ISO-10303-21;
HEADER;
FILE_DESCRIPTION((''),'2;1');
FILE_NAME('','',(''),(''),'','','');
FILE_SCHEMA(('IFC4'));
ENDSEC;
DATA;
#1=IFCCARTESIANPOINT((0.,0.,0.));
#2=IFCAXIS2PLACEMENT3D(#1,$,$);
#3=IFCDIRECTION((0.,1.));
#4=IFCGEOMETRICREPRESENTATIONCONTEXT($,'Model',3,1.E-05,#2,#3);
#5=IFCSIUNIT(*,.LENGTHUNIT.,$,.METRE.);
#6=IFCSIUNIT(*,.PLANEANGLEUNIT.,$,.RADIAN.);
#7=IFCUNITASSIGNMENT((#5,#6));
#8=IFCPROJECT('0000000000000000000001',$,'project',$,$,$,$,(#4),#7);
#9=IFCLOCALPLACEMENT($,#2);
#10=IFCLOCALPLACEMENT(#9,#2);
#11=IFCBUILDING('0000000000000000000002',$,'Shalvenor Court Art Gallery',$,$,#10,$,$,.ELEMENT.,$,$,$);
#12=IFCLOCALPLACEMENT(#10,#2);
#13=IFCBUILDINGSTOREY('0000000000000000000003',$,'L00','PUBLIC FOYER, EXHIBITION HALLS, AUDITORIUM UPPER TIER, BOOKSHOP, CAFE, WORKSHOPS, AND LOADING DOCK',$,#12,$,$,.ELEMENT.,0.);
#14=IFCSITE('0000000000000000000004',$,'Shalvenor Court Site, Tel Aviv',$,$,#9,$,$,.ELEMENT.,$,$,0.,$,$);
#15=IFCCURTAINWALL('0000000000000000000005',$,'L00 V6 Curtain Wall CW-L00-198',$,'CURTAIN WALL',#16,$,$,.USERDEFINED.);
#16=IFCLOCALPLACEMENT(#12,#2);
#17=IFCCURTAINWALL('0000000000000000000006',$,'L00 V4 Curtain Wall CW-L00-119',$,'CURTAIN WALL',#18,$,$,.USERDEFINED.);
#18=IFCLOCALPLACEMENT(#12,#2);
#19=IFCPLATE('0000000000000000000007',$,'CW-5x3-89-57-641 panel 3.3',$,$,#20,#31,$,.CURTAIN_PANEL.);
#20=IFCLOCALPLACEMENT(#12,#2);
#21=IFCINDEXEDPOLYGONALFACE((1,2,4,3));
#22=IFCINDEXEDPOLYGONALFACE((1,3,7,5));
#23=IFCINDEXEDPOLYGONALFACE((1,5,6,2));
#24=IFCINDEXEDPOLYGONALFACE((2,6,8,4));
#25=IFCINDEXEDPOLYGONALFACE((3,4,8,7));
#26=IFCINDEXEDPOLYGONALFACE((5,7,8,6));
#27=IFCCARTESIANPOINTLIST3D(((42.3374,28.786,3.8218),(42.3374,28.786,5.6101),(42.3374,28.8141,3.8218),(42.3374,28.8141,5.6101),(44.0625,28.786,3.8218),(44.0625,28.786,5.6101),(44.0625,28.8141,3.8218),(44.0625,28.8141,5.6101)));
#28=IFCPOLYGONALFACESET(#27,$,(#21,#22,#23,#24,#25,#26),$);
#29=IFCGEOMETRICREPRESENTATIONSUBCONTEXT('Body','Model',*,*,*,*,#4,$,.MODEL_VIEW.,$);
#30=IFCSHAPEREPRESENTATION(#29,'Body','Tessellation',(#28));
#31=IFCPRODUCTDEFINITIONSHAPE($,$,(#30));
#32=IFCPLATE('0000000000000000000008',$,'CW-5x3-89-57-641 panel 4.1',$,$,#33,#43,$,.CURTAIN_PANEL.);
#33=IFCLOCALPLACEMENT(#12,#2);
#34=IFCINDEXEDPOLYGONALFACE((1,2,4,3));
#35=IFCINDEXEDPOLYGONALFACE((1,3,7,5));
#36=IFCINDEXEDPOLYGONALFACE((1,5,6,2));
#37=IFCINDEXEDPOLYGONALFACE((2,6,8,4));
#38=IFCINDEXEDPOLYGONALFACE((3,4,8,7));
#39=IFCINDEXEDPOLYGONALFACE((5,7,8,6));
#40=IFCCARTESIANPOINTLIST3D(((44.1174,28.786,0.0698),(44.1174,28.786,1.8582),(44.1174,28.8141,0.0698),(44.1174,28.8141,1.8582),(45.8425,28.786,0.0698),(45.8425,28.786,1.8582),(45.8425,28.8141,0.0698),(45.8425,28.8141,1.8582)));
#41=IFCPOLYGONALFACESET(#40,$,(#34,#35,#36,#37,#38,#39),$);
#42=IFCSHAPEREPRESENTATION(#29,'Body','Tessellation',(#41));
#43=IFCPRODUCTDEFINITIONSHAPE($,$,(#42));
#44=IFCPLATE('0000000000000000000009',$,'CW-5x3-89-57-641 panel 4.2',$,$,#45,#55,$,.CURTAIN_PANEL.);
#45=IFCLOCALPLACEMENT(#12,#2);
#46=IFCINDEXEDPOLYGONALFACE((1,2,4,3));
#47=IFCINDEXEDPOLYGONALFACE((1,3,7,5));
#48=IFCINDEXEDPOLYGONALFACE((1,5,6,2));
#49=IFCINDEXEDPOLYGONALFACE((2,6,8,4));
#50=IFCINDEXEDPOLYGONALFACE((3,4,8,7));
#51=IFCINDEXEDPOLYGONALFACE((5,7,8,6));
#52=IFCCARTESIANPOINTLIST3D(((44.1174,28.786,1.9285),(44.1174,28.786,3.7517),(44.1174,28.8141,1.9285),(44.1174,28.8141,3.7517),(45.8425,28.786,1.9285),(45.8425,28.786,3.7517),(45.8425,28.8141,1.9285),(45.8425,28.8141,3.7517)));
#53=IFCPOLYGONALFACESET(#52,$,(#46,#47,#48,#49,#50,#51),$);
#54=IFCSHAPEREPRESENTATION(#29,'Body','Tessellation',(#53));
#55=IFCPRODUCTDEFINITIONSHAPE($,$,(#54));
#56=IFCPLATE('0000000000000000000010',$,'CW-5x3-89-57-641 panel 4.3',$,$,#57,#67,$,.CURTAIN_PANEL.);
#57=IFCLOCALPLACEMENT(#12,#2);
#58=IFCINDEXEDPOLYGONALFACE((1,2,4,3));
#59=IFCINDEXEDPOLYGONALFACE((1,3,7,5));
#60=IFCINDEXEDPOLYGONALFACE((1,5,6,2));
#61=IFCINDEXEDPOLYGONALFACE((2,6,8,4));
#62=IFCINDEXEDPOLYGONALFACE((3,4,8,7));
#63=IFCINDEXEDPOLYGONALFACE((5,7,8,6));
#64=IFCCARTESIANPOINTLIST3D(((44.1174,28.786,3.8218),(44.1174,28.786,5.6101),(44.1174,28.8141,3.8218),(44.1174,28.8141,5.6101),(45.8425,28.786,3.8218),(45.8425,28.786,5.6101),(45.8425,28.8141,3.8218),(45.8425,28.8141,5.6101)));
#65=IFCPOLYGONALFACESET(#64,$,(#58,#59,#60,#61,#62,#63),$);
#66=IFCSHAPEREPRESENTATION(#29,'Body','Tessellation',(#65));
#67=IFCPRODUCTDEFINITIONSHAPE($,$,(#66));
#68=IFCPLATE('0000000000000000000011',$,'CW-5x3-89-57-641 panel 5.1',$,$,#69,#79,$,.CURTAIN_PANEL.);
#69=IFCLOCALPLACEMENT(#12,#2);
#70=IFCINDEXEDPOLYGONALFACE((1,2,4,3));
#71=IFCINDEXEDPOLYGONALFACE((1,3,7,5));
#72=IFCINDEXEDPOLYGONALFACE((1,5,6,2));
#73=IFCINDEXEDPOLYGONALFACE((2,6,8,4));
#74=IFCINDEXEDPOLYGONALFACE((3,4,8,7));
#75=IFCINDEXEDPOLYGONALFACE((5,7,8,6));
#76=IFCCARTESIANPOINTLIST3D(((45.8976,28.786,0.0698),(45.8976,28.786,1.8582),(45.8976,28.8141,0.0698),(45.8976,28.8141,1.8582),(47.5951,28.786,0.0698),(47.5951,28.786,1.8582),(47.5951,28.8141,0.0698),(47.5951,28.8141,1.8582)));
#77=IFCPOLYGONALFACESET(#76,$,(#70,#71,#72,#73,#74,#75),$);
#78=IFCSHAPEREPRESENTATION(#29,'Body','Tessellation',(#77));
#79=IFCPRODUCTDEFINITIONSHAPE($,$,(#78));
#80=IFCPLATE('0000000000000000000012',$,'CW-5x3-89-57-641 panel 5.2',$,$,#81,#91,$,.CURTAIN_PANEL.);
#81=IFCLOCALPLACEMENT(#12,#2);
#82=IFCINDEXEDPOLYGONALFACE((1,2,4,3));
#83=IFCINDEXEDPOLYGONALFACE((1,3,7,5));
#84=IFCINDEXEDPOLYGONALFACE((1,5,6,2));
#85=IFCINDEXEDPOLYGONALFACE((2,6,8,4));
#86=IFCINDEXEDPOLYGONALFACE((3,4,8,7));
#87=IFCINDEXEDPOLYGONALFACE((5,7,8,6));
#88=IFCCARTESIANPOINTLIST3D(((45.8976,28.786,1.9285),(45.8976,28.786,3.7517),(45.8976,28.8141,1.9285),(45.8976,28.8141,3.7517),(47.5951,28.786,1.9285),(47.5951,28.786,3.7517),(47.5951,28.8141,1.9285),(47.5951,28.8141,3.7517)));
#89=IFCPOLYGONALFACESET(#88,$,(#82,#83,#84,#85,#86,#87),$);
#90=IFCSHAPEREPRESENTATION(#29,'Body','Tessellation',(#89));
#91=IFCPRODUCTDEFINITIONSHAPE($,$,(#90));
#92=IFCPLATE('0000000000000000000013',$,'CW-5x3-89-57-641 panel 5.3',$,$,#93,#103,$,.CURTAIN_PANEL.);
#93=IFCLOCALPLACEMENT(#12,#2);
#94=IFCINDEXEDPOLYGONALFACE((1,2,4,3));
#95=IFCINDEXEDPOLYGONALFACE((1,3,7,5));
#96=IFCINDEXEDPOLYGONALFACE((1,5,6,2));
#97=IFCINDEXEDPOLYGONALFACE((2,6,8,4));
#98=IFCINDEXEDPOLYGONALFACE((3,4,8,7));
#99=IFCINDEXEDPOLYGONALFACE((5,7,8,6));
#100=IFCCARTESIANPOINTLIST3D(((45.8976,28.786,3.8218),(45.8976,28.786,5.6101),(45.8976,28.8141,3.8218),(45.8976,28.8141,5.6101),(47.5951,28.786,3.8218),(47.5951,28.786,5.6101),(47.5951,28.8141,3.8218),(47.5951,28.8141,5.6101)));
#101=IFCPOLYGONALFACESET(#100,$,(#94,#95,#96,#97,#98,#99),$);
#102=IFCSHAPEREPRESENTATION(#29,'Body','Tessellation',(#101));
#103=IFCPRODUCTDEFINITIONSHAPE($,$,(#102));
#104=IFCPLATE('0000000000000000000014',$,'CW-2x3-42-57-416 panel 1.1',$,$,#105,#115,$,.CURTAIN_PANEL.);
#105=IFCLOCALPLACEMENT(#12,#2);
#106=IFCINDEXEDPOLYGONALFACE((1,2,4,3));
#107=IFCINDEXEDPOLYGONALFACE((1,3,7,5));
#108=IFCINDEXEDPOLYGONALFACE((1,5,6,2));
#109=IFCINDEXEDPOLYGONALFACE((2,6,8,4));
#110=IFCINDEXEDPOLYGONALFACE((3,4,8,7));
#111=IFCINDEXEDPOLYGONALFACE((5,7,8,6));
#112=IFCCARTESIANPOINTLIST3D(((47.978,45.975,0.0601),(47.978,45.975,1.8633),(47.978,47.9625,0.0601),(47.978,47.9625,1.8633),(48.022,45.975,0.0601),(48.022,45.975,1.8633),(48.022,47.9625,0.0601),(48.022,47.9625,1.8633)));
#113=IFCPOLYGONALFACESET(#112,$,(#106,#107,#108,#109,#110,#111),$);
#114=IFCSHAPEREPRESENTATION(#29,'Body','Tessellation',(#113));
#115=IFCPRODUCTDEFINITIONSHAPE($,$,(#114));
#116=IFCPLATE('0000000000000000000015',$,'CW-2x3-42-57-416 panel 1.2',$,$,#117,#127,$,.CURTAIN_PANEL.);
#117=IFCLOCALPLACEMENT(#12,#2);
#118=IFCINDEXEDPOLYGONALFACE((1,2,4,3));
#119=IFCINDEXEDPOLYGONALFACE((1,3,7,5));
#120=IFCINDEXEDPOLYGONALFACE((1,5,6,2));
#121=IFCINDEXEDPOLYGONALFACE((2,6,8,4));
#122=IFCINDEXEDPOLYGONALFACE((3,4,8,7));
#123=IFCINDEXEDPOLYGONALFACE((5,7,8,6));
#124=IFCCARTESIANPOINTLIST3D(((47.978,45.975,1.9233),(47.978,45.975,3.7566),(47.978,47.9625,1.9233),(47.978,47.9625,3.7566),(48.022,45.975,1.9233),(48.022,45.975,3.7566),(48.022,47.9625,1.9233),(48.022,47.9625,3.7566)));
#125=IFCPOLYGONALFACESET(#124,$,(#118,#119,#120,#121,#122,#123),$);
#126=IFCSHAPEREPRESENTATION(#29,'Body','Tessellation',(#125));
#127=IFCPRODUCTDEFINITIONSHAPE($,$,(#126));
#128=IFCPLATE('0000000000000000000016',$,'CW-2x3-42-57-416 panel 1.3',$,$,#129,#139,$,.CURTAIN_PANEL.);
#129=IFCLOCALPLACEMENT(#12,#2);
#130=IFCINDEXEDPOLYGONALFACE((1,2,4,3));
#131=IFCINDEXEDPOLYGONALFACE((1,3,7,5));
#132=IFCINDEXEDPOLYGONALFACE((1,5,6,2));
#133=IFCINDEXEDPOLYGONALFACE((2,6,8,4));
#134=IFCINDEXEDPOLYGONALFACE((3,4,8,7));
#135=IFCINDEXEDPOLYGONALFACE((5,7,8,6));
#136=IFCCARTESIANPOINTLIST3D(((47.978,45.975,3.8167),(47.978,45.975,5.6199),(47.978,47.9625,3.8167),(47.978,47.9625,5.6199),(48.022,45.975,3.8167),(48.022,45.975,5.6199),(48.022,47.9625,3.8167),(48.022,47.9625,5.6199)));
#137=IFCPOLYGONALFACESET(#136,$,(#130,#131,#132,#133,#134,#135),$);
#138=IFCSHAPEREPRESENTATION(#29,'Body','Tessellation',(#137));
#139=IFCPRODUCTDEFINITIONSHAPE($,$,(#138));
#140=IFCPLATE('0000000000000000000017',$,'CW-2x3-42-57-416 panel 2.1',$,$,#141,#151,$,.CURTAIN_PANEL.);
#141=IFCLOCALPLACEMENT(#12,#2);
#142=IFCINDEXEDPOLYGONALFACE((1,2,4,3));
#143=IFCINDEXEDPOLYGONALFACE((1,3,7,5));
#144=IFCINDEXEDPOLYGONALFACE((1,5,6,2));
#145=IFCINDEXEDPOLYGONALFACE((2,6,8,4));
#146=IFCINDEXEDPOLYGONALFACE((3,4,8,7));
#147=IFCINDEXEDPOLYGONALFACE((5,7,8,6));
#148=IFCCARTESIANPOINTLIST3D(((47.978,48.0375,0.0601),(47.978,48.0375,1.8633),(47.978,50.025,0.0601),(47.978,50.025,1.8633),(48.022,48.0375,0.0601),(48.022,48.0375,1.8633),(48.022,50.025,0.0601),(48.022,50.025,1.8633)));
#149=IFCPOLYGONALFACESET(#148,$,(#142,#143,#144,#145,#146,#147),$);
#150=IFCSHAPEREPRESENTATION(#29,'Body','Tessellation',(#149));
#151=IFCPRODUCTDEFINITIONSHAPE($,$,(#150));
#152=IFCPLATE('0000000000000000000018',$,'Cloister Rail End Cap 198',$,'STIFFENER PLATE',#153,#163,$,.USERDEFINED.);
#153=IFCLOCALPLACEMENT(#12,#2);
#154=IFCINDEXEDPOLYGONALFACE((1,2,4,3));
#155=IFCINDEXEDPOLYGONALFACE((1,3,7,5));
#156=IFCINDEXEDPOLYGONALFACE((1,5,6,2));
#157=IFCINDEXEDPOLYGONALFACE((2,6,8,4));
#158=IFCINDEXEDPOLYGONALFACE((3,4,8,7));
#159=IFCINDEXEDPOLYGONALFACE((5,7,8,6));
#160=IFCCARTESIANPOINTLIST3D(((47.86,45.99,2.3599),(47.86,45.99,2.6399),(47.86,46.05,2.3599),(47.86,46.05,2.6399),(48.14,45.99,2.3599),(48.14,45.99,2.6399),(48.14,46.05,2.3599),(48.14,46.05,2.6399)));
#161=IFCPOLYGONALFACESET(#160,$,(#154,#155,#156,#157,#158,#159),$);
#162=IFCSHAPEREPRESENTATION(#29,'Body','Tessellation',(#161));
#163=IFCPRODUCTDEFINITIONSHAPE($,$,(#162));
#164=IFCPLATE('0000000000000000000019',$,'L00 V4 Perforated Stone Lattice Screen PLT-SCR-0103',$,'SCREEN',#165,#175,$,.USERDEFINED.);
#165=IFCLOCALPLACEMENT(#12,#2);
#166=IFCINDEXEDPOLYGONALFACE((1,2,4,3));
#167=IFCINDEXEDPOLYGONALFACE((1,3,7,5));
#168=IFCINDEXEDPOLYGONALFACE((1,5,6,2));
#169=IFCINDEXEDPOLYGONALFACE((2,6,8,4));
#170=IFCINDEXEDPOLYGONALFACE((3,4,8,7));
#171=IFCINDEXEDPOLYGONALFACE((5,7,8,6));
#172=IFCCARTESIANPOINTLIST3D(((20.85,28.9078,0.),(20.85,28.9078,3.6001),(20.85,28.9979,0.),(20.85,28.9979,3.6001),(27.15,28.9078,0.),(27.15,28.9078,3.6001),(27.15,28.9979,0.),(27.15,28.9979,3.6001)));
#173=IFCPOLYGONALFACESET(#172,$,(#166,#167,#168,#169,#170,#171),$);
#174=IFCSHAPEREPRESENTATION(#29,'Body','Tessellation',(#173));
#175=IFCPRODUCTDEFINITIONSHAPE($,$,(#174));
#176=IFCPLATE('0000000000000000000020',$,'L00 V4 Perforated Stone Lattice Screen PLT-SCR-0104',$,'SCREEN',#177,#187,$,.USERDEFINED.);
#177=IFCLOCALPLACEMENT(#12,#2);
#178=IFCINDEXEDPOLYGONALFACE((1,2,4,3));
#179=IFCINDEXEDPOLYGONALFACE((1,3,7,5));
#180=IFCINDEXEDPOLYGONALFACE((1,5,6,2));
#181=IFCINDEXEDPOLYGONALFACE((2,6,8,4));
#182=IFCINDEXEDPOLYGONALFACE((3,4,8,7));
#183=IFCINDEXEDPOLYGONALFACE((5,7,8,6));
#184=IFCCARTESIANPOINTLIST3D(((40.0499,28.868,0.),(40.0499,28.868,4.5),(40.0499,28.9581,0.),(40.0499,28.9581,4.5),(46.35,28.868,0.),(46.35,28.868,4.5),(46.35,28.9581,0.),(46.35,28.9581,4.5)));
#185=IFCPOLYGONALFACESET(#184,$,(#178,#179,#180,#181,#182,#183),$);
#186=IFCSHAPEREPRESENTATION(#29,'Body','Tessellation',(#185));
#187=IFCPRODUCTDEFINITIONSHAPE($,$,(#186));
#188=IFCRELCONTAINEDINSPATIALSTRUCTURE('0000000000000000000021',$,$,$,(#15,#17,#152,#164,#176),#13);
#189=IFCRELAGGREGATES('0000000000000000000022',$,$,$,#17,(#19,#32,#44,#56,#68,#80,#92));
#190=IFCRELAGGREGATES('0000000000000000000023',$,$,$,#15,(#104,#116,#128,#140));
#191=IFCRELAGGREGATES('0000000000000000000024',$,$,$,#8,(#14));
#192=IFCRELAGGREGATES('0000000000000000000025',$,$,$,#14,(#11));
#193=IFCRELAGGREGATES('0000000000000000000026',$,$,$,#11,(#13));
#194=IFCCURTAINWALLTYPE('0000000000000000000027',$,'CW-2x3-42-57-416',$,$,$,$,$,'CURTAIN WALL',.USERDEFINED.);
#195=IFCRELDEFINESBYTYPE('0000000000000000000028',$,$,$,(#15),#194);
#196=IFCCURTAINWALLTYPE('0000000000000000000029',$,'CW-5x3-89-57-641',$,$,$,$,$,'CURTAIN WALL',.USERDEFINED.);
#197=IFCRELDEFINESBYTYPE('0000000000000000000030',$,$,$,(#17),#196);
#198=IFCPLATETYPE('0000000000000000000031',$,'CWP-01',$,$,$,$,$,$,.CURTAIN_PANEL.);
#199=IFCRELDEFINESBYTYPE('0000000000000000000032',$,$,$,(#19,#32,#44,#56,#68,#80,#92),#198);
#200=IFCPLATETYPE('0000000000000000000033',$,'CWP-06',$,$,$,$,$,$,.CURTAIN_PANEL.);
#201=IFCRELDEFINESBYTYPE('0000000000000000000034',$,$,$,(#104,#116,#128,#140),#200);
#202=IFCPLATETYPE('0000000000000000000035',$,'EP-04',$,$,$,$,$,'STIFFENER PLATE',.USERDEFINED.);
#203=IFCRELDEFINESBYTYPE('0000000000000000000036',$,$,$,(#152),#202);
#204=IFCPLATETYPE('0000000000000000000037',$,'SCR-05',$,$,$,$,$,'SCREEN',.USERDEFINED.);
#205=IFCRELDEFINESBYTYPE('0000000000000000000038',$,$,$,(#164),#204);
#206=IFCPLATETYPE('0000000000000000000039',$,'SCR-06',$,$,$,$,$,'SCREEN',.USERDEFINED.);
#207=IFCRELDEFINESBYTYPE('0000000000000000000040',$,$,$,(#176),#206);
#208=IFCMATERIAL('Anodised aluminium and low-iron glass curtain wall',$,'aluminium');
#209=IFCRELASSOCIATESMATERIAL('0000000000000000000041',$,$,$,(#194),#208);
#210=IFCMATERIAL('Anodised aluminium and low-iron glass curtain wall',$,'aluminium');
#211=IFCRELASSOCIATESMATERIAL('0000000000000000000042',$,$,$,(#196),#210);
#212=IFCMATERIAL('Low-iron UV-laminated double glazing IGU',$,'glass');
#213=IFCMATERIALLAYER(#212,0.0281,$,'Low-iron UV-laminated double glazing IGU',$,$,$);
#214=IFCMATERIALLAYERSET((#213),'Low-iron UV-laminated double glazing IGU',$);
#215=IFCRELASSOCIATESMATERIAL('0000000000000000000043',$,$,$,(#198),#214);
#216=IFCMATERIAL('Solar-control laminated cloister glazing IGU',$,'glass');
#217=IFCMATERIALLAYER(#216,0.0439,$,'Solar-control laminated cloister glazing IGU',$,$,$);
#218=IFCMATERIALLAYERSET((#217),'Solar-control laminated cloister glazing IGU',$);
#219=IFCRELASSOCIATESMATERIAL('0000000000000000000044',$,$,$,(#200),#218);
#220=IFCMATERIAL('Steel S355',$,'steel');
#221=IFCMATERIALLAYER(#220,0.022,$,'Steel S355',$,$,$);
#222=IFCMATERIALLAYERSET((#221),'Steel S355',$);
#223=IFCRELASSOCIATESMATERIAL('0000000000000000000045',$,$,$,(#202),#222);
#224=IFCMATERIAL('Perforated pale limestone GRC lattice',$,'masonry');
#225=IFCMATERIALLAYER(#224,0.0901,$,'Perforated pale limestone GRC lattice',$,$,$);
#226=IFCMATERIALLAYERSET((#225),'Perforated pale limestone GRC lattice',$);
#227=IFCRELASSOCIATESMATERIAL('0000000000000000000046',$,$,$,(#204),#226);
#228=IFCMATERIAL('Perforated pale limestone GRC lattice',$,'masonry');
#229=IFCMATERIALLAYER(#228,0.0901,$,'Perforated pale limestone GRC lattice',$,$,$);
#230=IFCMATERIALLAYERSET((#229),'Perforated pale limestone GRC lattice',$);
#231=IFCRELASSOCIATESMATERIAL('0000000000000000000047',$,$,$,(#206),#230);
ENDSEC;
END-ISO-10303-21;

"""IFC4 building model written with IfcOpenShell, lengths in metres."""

from ifc_helpers import new_model, si_unit, direction, frame, origin, origin_2d, place, context, subcontext, project, spatial, rectangle, extrude, material, layer, layer_set, type_object, element, aggregate, save


model = new_model("IFC4")

# Units and contexts
model_context = context("Model", 3, precision=1e-05, world=origin(), true_north=direction((0.0, 1.0)))
body_context = subcontext(model_context, "Body", "Model", "MODEL_VIEW")
ifc_project = project(units=[si_unit("LENGTHUNIT", "METRE"), si_unit("PLANEANGLEUNIT", "RADIAN")], contexts=[model_context])

# Site, building, storey
site_placement = place(None, origin())
site = spatial("IfcSite", under=ifc_project, at=site_placement, Name="Shalvenor Court Site, Tel Aviv", CompositionType="ELEMENT", RefElevation=0.0)
building_placement = place(site_placement, origin())
building = spatial("IfcBuilding", under=site, at=building_placement, Name="Shalvenor Court Art Gallery", CompositionType="ELEMENT")
storey_placement = place(building_placement, origin())
storey = spatial("IfcBuildingStorey", under=building, at=storey_placement, Name="L00", Description="PUBLIC FOYER, EXHIBITION HALLS, AUDITORIUM UPPER TIER, BOOKSHOP, CAFE, WORKSHOPS, AND LOADING DOCK", CompositionType="ELEMENT", Elevation=0.0)

# Curtain walls
ifc_material_1 = material(Name="Anodised aluminium and low-iron glass curtain wall", Category="aluminium")
curtain_wall_type_1 = type_object("IfcCurtainWallType", Name="CW-2x3-42-57-416", ElementType="CURTAIN WALL", PredefinedType="USERDEFINED", material=ifc_material_1)
curtain_wall_1_placement = place(storey_placement, origin())
curtain_wall_1 = element("IfcCurtainWall", 1, at=curtain_wall_1_placement, inside=storey, type_object=curtain_wall_type_1, Name="L00 V6 Curtain Wall CW-L00-198", ObjectType="CURTAIN WALL", PredefinedType="USERDEFINED")
ifc_material_2 = material(Name="Anodised aluminium and low-iron glass curtain wall", Category="aluminium")
curtain_wall_type_2 = type_object("IfcCurtainWallType", Name="CW-5x3-89-57-641", ElementType="CURTAIN WALL", PredefinedType="USERDEFINED", material=ifc_material_2)
curtain_wall_2_placement = place(storey_placement, origin())
curtain_wall_2 = element("IfcCurtainWall", 2, at=curtain_wall_2_placement, inside=storey, type_object=curtain_wall_type_2, Name="L00 V4 Curtain Wall CW-L00-119", ObjectType="CURTAIN WALL", PredefinedType="USERDEFINED")

# Plates
ifc_material_3 = material(Name="Low-iron UV-laminated double glazing IGU", Category="glass")
ifc_layer_1 = layer(ifc_material_3, 0.0281, Name="Low-iron UV-laminated double glazing IGU")
ifc_layer_set_1 = layer_set([ifc_layer_1], Name="Low-iron UV-laminated double glazing IGU")
plate_type_1 = type_object("IfcPlateType", Name="CWP-01", PredefinedType="CURTAIN_PANEL", material=ifc_layer_set_1)
plate_1_placement = place(storey_placement, frame((43.2, 28.8, 3.8218), z_axis=(0.0, 0.0, 1.0), x_axis=(1.0, 0.0, 0.0)))
plate_1 = element("IfcPlate", 3, at=plate_1_placement, type_object=plate_type_1, Name="CW-5x3-89-57-641 panel 3.3", PredefinedType="CURTAIN_PANEL", context=body_context, shape_type="SweptSolid", body=[
    extrude(rectangle(XDim=1.7251, YDim=0.0281, at=origin_2d()), origin(), (0.0, 0.0, 1.0), 1.7883),
])
plate_2_placement = place(storey_placement, frame((44.98, 28.8, 0.0698), z_axis=(0.0, 0.0, 1.0), x_axis=(1.0, 0.0, 0.0)))
plate_2 = element("IfcPlate", 4, at=plate_2_placement, type_object=plate_type_1, Name="CW-5x3-89-57-641 panel 4.1", PredefinedType="CURTAIN_PANEL", context=body_context, shape_type="SweptSolid", body=[
    extrude(rectangle(XDim=1.7251, YDim=0.0281, at=origin_2d()), origin(), (0.0, 0.0, 1.0), 1.7883),
])
plate_3_placement = place(storey_placement, frame((44.98, 28.8, 1.9285), z_axis=(0.0, 0.0, 1.0), x_axis=(1.0, 0.0, 0.0)))
plate_3 = element("IfcPlate", 5, at=plate_3_placement, type_object=plate_type_1, Name="CW-5x3-89-57-641 panel 4.2", PredefinedType="CURTAIN_PANEL", context=body_context, shape_type="SweptSolid", body=[
    extrude(rectangle(XDim=1.7251, YDim=0.0281, at=origin_2d()), origin(), (0.0, 0.0, 1.0), 1.8232),
])
plate_4_placement = place(storey_placement, frame((44.98, 28.8, 3.8218), z_axis=(0.0, 0.0, 1.0), x_axis=(1.0, 0.0, 0.0)))
plate_4 = element("IfcPlate", 6, at=plate_4_placement, type_object=plate_type_1, Name="CW-5x3-89-57-641 panel 4.3", PredefinedType="CURTAIN_PANEL", context=body_context, shape_type="SweptSolid", body=[
    extrude(rectangle(XDim=1.7251, YDim=0.0281, at=origin_2d()), origin(), (0.0, 0.0, 1.0), 1.7883),
])
plate_5_placement = place(storey_placement, frame((46.7463, 28.8, 0.0698), z_axis=(0.0, 0.0, 1.0), x_axis=(1.0, 0.0, 0.0)))
plate_5 = element("IfcPlate", 7, at=plate_5_placement, type_object=plate_type_1, Name="CW-5x3-89-57-641 panel 5.1", PredefinedType="CURTAIN_PANEL", context=body_context, shape_type="SweptSolid", body=[
    extrude(rectangle(XDim=1.6975, YDim=0.0281, at=origin_2d()), origin(), (0.0, 0.0, 1.0), 1.7883),
])
plate_6_placement = place(storey_placement, frame((46.7463, 28.8, 1.9285), z_axis=(0.0, 0.0, 1.0), x_axis=(1.0, 0.0, 0.0)))
plate_6 = element("IfcPlate", 8, at=plate_6_placement, type_object=plate_type_1, Name="CW-5x3-89-57-641 panel 5.2", PredefinedType="CURTAIN_PANEL", context=body_context, shape_type="SweptSolid", body=[
    extrude(rectangle(XDim=1.6975, YDim=0.0281, at=origin_2d()), origin(), (0.0, 0.0, 1.0), 1.8232),
])
plate_7_placement = place(storey_placement, frame((46.7463, 28.8, 3.8218), z_axis=(0.0, 0.0, 1.0), x_axis=(1.0, 0.0, 0.0)))
plate_7 = element("IfcPlate", 9, at=plate_7_placement, type_object=plate_type_1, Name="CW-5x3-89-57-641 panel 5.3", PredefinedType="CURTAIN_PANEL", context=body_context, shape_type="SweptSolid", body=[
    extrude(rectangle(XDim=1.6975, YDim=0.0281, at=origin_2d()), origin(), (0.0, 0.0, 1.0), 1.7883),
])
aggregate(curtain_wall_2, [plate_1, plate_2, plate_3, plate_4, plate_5, plate_6, plate_7])
ifc_material_4 = material(Name="Solar-control laminated cloister glazing IGU", Category="glass")
ifc_layer_2 = layer(ifc_material_4, 0.0439, Name="Solar-control laminated cloister glazing IGU")
ifc_layer_set_2 = layer_set([ifc_layer_2], Name="Solar-control laminated cloister glazing IGU")
plate_type_2 = type_object("IfcPlateType", Name="CWP-06", PredefinedType="CURTAIN_PANEL", material=ifc_layer_set_2)
plate_8_placement = place(storey_placement, frame((48.0, 46.9688, 0.0601), z_axis=(0.0, 0.0, 1.0), x_axis=(0.0, 1.0, 0.0)))
plate_8 = element("IfcPlate", 10, at=plate_8_placement, type_object=plate_type_2, Name="CW-2x3-42-57-416 panel 1.1", PredefinedType="CURTAIN_PANEL", context=body_context, shape_type="SweptSolid", body=[
    extrude(rectangle(XDim=1.9875, YDim=0.0439, at=origin_2d()), origin(), (0.0, 0.0, 1.0), 1.8032),
])
plate_9_placement = place(storey_placement, frame((48.0, 46.9688, 1.9233), z_axis=(0.0, 0.0, 1.0), x_axis=(0.0, 1.0, 0.0)))
plate_9 = element("IfcPlate", 11, at=plate_9_placement, type_object=plate_type_2, Name="CW-2x3-42-57-416 panel 1.2", PredefinedType="CURTAIN_PANEL", context=body_context, shape_type="SweptSolid", body=[
    extrude(rectangle(XDim=1.9875, YDim=0.0439, at=origin_2d()), origin(), (0.0, 0.0, 1.0), 1.8333),
])
plate_10_placement = place(storey_placement, frame((48.0, 46.9688, 3.8167), z_axis=(0.0, 0.0, 1.0), x_axis=(0.0, 1.0, 0.0)))
plate_10 = element("IfcPlate", 12, at=plate_10_placement, type_object=plate_type_2, Name="CW-2x3-42-57-416 panel 1.3", PredefinedType="CURTAIN_PANEL", context=body_context, shape_type="SweptSolid", body=[
    extrude(rectangle(XDim=1.9875, YDim=0.0439, at=origin_2d()), origin(), (0.0, 0.0, 1.0), 1.8032),
])
plate_11_placement = place(storey_placement, frame((48.0, 49.0312, 0.0601), z_axis=(0.0, 0.0, 1.0), x_axis=(0.0, 1.0, 0.0)))
plate_11 = element("IfcPlate", 13, at=plate_11_placement, type_object=plate_type_2, Name="CW-2x3-42-57-416 panel 2.1", PredefinedType="CURTAIN_PANEL", context=body_context, shape_type="SweptSolid", body=[
    extrude(rectangle(XDim=1.9875, YDim=0.0439, at=origin_2d()), origin(), (0.0, 0.0, 1.0), 1.8032),
])
aggregate(curtain_wall_1, [plate_8, plate_9, plate_10, plate_11])

# Plates
ifc_material_5 = material(Name="Steel S355", Category="steel")
ifc_layer_3 = layer(ifc_material_5, 0.022, Name="Steel S355")
ifc_layer_set_3 = layer_set([ifc_layer_3], Name="Steel S355")
plate_type_3 = type_object("IfcPlateType", Name="EP-04", ElementType="STIFFENER PLATE", PredefinedType="USERDEFINED", material=ifc_layer_set_3)
plate_12_placement = place(storey_placement, frame((48.0, 46.02, 2.3599), z_axis=(0.0, 0.0, 1.0), x_axis=(1.0, 0.0, 0.0)))
element("IfcPlate", 14, at=plate_12_placement, inside=storey, type_object=plate_type_3, Name="Cloister Rail End Cap 198", ObjectType="STIFFENER PLATE", PredefinedType="USERDEFINED", context=body_context, shape_type="SweptSolid", body=[
    extrude(rectangle(XDim=0.28, YDim=0.0601, at=origin_2d()), origin(), (0.0, 0.0, 1.0), 0.28),
])
ifc_material_6 = material(Name="Perforated pale limestone GRC lattice", Category="masonry")
ifc_layer_4 = layer(ifc_material_6, 0.0901, Name="Perforated pale limestone GRC lattice")
ifc_layer_set_4 = layer_set([ifc_layer_4], Name="Perforated pale limestone GRC lattice")
plate_type_4 = type_object("IfcPlateType", Name="SCR-05", ElementType="SCREEN", PredefinedType="USERDEFINED", material=ifc_layer_set_4)
plate_13_placement = place(storey_placement, frame((24.0, 28.9529, 0.0), z_axis=(0.0, 0.0, 1.0), x_axis=(1.0, 0.0, 0.0)))
element("IfcPlate", 15, at=plate_13_placement, inside=storey, type_object=plate_type_4, Name="L00 V4 Perforated Stone Lattice Screen PLT-SCR-0103", ObjectType="SCREEN", PredefinedType="USERDEFINED", context=body_context, shape_type="SweptSolid", body=[
    extrude(rectangle(XDim=6.3, YDim=0.0901, at=origin_2d()), origin(), (0.0, 0.0, 1.0), 3.6001),
])
ifc_material_7 = material(Name="Perforated pale limestone GRC lattice", Category="masonry")
ifc_layer_5 = layer(ifc_material_7, 0.0901, Name="Perforated pale limestone GRC lattice")
ifc_layer_set_5 = layer_set([ifc_layer_5], Name="Perforated pale limestone GRC lattice")
plate_type_5 = type_object("IfcPlateType", Name="SCR-06", ElementType="SCREEN", PredefinedType="USERDEFINED", material=ifc_layer_set_5)
plate_14_placement = place(storey_placement, frame((43.2, 28.9131, 0.0), z_axis=(0.0, 0.0, 1.0), x_axis=(1.0, 0.0, 0.0)))
element("IfcPlate", 16, at=plate_14_placement, inside=storey, type_object=plate_type_5, Name="L00 V4 Perforated Stone Lattice Screen PLT-SCR-0104", ObjectType="SCREEN", PredefinedType="USERDEFINED", context=body_context, shape_type="SweptSolid", body=[
    extrude(rectangle(XDim=6.3, YDim=0.0901, at=origin_2d()), origin(), (0.0, 0.0, 1.0), 4.5),
])

save(model, "model.ifc")
